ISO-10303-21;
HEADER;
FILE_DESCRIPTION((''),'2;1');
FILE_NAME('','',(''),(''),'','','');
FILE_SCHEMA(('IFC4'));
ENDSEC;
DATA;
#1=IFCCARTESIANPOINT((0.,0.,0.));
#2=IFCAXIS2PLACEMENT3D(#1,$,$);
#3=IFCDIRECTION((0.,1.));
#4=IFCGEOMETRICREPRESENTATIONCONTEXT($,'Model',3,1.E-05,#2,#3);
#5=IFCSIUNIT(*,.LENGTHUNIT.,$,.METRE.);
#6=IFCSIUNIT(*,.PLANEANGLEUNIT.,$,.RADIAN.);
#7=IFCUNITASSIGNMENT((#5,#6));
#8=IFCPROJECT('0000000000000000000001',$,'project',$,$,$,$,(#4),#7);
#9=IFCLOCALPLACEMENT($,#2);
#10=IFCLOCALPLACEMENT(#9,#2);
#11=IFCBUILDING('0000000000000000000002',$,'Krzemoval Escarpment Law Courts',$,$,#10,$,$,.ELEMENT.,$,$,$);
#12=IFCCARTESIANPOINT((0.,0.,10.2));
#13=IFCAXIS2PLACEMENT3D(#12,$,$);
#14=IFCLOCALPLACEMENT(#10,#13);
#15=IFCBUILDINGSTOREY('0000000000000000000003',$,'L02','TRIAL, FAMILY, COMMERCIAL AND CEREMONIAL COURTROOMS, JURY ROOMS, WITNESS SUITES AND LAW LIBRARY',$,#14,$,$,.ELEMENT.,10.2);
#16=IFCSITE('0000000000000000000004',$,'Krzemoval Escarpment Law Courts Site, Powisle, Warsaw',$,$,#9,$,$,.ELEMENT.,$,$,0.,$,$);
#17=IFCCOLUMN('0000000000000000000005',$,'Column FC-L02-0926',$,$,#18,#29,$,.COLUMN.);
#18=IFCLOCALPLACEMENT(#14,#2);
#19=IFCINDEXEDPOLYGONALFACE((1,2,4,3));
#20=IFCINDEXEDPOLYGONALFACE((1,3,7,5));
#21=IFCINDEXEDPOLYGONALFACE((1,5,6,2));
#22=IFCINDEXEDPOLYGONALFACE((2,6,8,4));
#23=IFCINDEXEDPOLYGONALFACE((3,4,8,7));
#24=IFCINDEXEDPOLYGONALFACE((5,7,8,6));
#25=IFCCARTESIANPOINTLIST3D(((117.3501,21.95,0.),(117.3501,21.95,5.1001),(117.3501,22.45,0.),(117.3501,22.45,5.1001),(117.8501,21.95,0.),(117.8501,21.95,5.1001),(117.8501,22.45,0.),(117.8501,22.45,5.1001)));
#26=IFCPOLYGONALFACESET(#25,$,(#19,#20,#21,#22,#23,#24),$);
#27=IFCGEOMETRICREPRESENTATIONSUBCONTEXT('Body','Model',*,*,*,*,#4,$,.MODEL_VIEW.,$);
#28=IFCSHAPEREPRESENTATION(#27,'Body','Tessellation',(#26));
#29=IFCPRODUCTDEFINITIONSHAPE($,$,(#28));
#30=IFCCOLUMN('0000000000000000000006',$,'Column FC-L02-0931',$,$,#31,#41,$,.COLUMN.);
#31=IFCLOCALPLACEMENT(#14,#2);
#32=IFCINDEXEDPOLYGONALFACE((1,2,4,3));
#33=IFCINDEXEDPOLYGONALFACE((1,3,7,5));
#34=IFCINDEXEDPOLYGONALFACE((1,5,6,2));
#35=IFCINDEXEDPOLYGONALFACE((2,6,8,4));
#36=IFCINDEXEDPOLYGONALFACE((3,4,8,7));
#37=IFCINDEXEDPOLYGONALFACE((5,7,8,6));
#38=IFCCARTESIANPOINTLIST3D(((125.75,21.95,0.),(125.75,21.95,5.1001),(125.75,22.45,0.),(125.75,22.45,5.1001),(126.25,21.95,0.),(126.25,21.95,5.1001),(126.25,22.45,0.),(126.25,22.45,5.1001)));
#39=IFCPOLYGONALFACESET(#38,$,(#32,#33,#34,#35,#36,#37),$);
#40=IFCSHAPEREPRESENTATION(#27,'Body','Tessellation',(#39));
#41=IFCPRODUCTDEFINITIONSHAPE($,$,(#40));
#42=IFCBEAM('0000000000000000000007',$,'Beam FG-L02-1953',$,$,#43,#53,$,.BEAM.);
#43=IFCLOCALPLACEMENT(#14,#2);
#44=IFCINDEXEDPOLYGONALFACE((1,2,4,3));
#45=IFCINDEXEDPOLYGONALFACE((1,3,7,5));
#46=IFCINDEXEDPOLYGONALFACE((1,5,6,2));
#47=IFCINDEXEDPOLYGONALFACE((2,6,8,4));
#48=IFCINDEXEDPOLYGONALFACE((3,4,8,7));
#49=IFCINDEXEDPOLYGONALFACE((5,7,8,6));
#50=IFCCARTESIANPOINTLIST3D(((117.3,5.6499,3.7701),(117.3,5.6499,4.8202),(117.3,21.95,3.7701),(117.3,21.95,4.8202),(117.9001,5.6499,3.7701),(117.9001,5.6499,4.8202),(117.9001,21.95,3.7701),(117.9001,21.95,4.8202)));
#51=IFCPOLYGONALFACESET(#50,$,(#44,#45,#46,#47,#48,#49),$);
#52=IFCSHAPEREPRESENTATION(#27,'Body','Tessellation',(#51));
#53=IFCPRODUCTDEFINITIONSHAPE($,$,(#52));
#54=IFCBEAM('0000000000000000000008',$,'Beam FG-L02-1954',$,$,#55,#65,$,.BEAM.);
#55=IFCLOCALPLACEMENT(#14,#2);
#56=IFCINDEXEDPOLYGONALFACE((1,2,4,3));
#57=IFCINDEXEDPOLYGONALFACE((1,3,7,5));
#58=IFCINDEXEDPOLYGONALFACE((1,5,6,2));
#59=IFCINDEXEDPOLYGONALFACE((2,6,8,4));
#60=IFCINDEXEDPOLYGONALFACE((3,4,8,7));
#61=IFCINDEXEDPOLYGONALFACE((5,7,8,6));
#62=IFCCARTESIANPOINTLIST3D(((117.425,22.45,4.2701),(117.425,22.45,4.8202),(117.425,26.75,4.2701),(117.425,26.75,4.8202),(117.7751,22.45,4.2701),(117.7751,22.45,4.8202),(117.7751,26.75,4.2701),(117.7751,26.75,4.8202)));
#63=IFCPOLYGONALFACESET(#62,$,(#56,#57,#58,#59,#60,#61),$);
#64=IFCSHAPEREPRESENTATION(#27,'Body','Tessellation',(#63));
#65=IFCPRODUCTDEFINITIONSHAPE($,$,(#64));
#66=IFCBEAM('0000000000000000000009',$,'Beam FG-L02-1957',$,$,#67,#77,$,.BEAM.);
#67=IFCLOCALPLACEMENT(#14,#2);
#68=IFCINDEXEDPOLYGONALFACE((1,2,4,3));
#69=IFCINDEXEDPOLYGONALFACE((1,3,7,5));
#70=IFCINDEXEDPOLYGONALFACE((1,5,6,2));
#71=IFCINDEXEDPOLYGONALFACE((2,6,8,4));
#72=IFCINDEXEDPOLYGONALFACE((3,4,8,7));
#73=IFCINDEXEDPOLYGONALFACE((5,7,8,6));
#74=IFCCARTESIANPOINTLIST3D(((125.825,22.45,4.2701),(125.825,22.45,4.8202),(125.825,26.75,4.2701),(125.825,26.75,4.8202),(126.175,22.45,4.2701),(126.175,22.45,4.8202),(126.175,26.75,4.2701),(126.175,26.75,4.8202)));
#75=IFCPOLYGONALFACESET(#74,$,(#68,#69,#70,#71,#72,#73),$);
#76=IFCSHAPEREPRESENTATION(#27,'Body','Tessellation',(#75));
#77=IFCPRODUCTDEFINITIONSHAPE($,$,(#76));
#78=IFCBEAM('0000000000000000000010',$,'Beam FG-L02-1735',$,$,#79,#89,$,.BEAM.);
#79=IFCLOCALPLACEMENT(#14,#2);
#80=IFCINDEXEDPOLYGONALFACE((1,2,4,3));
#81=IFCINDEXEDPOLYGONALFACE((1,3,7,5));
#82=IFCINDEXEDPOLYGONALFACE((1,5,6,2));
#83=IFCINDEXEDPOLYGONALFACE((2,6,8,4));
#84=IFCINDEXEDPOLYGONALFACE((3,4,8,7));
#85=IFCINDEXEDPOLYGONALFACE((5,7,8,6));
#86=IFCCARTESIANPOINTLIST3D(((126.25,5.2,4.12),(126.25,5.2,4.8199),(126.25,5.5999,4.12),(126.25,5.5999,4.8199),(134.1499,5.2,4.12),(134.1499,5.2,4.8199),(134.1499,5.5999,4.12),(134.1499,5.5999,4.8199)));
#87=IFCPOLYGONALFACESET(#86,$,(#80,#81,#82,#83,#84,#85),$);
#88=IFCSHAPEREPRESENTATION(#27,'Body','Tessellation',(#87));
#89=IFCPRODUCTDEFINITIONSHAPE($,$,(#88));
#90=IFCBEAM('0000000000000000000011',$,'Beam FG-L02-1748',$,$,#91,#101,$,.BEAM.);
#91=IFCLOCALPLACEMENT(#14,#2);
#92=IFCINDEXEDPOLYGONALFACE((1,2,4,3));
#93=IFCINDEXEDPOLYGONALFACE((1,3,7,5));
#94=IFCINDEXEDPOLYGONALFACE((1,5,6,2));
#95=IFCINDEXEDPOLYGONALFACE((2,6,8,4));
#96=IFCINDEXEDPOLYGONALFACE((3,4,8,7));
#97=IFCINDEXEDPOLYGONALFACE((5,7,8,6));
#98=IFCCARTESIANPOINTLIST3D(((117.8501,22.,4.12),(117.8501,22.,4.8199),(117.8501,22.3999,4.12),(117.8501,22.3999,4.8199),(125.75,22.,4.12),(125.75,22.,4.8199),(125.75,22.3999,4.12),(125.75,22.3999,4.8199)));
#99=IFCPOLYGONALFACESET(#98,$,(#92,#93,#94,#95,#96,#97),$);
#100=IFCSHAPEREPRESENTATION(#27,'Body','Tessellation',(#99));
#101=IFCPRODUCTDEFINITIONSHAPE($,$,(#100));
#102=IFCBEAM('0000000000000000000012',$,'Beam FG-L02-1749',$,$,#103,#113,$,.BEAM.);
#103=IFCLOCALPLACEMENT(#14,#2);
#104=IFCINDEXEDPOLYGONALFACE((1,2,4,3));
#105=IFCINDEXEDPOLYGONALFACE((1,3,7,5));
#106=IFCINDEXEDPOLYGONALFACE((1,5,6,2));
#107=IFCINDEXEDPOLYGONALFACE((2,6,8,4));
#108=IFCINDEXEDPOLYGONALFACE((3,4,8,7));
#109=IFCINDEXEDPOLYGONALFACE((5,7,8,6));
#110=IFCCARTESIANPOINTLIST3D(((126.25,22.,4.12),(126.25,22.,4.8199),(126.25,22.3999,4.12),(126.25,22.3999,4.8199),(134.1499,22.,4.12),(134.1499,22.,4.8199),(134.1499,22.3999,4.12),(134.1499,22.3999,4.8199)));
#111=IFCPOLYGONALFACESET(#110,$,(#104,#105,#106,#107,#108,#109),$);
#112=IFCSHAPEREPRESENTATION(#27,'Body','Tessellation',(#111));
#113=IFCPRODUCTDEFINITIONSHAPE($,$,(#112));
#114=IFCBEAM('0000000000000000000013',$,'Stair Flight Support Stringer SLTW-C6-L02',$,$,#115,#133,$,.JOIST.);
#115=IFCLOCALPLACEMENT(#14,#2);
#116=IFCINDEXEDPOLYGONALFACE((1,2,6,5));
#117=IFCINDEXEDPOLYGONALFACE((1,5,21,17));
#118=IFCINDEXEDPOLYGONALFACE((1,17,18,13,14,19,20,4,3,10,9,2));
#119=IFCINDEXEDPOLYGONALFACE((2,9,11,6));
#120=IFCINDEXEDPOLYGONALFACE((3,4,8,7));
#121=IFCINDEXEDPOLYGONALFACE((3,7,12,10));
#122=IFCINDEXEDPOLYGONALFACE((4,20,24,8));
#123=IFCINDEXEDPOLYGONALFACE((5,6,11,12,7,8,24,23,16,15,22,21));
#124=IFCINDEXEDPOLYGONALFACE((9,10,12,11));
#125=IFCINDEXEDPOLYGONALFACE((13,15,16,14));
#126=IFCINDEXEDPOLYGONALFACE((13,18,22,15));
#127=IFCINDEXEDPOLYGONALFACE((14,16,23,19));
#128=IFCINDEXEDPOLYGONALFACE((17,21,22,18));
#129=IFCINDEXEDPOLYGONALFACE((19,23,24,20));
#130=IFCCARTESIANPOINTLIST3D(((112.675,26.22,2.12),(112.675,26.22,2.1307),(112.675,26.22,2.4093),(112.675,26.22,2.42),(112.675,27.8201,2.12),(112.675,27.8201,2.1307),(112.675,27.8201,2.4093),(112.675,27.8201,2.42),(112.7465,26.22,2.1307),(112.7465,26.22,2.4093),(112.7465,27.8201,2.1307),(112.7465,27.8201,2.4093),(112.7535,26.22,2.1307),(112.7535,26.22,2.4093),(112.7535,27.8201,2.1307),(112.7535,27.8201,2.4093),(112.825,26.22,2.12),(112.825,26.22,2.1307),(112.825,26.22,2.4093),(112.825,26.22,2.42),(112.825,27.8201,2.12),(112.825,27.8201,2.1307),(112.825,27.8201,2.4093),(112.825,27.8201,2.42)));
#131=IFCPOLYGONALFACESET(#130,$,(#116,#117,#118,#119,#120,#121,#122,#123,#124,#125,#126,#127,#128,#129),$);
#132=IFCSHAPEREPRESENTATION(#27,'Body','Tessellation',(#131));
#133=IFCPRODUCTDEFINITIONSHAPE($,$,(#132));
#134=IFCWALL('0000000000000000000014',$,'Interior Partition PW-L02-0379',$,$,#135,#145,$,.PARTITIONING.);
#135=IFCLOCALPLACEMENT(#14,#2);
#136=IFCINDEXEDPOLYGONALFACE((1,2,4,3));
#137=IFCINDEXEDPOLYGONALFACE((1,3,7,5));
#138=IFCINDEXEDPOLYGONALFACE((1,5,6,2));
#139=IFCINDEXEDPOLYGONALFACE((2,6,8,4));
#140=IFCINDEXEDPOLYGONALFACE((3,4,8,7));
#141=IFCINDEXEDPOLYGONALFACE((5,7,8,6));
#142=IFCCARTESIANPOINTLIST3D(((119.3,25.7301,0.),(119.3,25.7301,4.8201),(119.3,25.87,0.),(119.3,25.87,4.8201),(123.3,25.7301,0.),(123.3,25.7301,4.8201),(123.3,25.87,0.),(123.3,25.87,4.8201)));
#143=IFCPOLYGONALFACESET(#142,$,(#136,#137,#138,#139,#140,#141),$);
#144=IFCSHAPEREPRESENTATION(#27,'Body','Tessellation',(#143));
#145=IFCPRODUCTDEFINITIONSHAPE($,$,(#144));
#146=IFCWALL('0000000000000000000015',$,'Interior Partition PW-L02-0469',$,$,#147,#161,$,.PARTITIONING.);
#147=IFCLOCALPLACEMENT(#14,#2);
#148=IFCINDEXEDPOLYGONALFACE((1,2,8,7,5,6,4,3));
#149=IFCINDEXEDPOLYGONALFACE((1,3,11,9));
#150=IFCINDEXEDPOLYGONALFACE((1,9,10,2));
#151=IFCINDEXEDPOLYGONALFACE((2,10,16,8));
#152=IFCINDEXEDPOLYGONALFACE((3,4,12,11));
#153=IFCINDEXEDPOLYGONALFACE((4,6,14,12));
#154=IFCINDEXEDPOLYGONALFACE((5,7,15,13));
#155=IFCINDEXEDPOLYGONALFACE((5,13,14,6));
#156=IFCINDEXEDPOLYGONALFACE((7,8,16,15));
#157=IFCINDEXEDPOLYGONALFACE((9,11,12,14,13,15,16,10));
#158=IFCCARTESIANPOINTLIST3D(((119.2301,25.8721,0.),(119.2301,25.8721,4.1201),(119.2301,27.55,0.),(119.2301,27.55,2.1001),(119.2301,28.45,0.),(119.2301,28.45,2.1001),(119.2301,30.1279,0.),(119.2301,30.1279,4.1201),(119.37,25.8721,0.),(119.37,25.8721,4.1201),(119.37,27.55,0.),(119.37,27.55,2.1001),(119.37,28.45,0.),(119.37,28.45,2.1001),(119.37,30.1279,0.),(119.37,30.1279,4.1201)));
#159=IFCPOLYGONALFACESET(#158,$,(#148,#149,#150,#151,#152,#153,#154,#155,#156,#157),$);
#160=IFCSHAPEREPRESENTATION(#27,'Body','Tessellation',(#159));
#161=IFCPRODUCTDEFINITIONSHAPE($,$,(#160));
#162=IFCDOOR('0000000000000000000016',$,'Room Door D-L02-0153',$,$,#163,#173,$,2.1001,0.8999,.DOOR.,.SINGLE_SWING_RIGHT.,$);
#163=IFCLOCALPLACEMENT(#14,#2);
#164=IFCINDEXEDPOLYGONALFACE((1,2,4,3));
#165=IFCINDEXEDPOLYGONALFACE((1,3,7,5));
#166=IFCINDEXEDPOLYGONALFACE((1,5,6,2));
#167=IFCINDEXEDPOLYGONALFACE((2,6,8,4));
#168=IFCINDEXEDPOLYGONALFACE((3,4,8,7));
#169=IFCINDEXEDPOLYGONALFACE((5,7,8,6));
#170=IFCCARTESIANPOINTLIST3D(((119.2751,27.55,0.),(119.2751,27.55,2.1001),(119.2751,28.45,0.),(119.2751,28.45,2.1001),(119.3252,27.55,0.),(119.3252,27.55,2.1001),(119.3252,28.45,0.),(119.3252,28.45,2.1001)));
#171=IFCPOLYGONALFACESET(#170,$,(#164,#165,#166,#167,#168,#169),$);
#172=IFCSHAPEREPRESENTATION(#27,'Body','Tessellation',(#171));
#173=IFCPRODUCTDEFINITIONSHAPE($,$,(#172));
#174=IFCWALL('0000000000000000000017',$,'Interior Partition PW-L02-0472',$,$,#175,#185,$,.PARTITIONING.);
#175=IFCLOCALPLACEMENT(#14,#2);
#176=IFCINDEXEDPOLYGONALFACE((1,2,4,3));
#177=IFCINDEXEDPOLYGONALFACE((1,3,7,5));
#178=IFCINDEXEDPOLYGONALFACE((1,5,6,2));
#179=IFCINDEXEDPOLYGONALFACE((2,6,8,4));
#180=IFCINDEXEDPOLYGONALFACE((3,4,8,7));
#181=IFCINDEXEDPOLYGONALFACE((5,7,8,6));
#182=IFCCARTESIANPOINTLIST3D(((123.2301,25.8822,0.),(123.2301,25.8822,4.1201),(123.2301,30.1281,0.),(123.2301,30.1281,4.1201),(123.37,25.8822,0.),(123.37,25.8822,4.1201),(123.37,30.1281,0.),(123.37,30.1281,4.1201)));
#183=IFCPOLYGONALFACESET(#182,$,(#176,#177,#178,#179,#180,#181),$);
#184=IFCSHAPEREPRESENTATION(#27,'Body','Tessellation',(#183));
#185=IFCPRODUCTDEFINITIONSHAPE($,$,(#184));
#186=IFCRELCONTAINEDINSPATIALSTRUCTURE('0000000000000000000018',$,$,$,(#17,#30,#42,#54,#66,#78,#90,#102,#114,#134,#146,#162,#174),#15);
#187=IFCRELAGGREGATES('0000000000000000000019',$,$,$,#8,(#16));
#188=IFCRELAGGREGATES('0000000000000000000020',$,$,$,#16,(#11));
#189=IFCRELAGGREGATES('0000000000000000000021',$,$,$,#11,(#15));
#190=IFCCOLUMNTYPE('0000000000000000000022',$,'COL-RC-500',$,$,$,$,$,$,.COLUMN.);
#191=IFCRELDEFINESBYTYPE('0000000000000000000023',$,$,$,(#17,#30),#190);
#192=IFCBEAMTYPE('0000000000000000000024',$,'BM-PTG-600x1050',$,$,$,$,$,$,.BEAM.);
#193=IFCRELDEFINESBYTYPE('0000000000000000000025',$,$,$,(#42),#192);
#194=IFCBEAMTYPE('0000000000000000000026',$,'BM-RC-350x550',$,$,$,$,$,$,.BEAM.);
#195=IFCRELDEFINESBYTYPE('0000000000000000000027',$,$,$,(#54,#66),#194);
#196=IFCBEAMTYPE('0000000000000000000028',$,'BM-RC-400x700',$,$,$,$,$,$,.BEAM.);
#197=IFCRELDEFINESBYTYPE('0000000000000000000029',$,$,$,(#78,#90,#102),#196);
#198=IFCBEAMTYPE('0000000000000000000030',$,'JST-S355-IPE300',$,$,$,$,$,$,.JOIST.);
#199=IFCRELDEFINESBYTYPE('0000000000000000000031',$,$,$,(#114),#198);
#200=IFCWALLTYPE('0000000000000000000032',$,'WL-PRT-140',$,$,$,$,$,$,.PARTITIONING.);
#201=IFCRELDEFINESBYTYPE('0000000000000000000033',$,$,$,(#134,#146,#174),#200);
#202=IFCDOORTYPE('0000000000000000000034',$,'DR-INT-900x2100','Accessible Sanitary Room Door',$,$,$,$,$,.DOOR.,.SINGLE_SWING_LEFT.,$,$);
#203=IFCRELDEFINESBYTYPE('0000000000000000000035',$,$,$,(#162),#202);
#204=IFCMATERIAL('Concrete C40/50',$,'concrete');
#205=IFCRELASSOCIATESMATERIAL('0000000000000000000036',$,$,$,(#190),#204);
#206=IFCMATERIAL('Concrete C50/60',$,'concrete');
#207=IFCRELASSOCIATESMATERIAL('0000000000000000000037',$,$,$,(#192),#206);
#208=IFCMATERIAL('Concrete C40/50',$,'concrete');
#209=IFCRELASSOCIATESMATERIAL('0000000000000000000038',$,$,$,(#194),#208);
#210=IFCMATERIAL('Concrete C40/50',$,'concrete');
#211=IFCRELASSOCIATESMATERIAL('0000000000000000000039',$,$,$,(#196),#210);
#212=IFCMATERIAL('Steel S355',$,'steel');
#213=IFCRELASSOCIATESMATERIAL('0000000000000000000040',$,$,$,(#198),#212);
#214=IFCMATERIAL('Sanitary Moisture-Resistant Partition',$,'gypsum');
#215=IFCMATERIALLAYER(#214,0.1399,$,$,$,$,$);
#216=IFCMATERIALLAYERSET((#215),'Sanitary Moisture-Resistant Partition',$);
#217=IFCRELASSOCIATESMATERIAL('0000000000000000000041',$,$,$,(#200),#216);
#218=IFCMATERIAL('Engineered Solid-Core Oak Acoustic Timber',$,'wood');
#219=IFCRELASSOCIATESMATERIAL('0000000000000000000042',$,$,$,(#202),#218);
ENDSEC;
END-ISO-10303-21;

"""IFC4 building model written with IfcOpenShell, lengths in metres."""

from ifc_helpers import new_model, si_unit, direction, frame, frame_2d, origin, origin_2d, place, context, subcontext, project, spatial, rectangle, i_section, extrude, material, layer, layer_set, material_profile, profile_set, type_object, element, fill, save


model = new_model("IFC4")

# Units and contexts
model_context = context("Model", 3, precision=1e-05, world=origin(), true_north=direction((0.0, 1.0)))
body_context = subcontext(model_context, "Body", "Model", "MODEL_VIEW")
ifc_project = project(units=[si_unit("LENGTHUNIT", "METRE"), si_unit("PLANEANGLEUNIT", "RADIAN")], contexts=[model_context])

# Site, building, storey
site_placement = place(None, origin())
site = spatial("IfcSite", under=ifc_project, at=site_placement, Name="Krzemoval Escarpment Law Courts Site, Powisle, Warsaw", CompositionType="ELEMENT", RefElevation=0.0)
building_placement = place(site_placement, origin())
building = spatial("IfcBuilding", under=site, at=building_placement, Name="Krzemoval Escarpment Law Courts", CompositionType="ELEMENT")
storey_placement = place(building_placement, frame((0.0, 0.0, 10.2)))
storey = spatial("IfcBuildingStorey", under=building, at=storey_placement, Name="L02", Description="TRIAL, FAMILY, COMMERCIAL AND CEREMONIAL COURTROOMS, JURY ROOMS, WITNESS SUITES AND LAW LIBRARY", CompositionType="ELEMENT", Elevation=10.2)

# Columns
ifc_material_1 = material(Name="Concrete C40/50", Category="concrete")
ifc_material_profile_1 = material_profile(ifc_material_1, rectangle(XDim=0.5, YDim=0.5, at=origin_2d()), Name="RC 500x500")
ifc_profile_set_1 = profile_set([ifc_material_profile_1], Name="Concrete C40/50")
column_type = type_object("IfcColumnType", Name="COL-RC-500", PredefinedType="COLUMN", material=ifc_profile_set_1)
for number, where, z_axis, x_axis, name in (
    (1, (117.6001, 22.2, 0.0), (0.0, 0.0, 1.0), (1.0, 0.0, 0.0), "Column FC-L02-0926"),
    (2, (126.0, 22.2, 0.0), (0.0, 0.0, 1.0), (1.0, 0.0, 0.0), "Column FC-L02-0931"),
):
    element("IfcColumn", number, at=place(storey_placement, frame(where, z_axis=z_axis, x_axis=x_axis)), inside=storey, type_object=column_type, Name=name, PredefinedType="COLUMN", context=body_context, shape_type="SweptSolid", body=[
        extrude(rectangle(XDim=0.5, YDim=0.5, at=origin_2d()), origin(), (0.0, 0.0, 1.0), 5.1001),
    ])

# Beams
ifc_material_2 = material(Name="Concrete C50/60", Category="concrete")
ifc_material_profile_2 = material_profile(ifc_material_2, rectangle(XDim=0.6001, YDim=1.05, at=origin_2d()), Name="PTG 600x1050")
ifc_profile_set_2 = profile_set([ifc_material_profile_2], Name="Concrete C50/60")
beam_type_1 = type_object("IfcBeamType", Name="BM-PTG-600x1050", PredefinedType="BEAM", material=ifc_profile_set_2)
beam_1_placement = place(storey_placement, frame((117.6001, 5.6499, 4.2952), z_axis=(0.0, 1.0, 0.0), x_axis=(-1.0, 0.0, 0.0)))
element("IfcBeam", 3, at=beam_1_placement, inside=storey, type_object=beam_type_1, Name="Beam FG-L02-1953", PredefinedType="BEAM", context=body_context, shape_type="SweptSolid", body=[
    extrude(rectangle(XDim=0.6001, YDim=1.05, at=origin_2d()), origin(), (0.0, 0.0, 1.0), 16.3),
])
ifc_material_3 = material(Name="Concrete C40/50", Category="concrete")
ifc_material_profile_3 = material_profile(ifc_material_3, rectangle(XDim=0.3501, YDim=0.55, at=origin_2d()), Name="RCB 350x550")
ifc_profile_set_3 = profile_set([ifc_material_profile_3], Name="Concrete C40/50")
beam_type_2 = type_object("IfcBeamType", Name="BM-RC-350x550", PredefinedType="BEAM", material=ifc_profile_set_3)
for number, where, z_axis, x_axis, name in (
    (4, (117.6001, 22.45, 4.5452), (0.0, 1.0, 0.0), (-1.0, 0.0, 0.0), "Beam FG-L02-1954"),
    (5, (126.0, 22.45, 4.5452), (0.0, 1.0, 0.0), (-1.0, 0.0, 0.0), "Beam FG-L02-1957"),
):
    element("IfcBeam", number, at=place(storey_placement, frame(where, z_axis=z_axis, x_axis=x_axis)), inside=storey, type_object=beam_type_2, Name=name, PredefinedType="BEAM", context=body_context, shape_type="SweptSolid", body=[
        extrude(rectangle(XDim=0.3501, YDim=0.55, at=origin_2d()), origin(), (0.0, 0.0, 1.0), 4.3),
    ])
ifc_material_4 = material(Name="Concrete C40/50", Category="concrete")
ifc_material_profile_4 = material_profile(ifc_material_4, rectangle(XDim=0.3999, YDim=0.7, at=origin_2d()), Name="RCB 400x700")
ifc_profile_set_4 = profile_set([ifc_material_profile_4], Name="Concrete C40/50")
beam_type_3 = type_object("IfcBeamType", Name="BM-RC-400x700", PredefinedType="BEAM", material=ifc_profile_set_4)
for number, where, z_axis, x_axis, name in (
    (6, (126.25, 5.3999, 4.47), (1.0, 0.0, 0.0), (0.0, 1.0, 0.0), "Beam FG-L02-1735"),
    (7, (117.8501, 22.2, 4.47), (1.0, 0.0, 0.0), (0.0, 1.0, 0.0), "Beam FG-L02-1748"),
    (8, (126.25, 22.2, 4.47), (1.0, 0.0, 0.0), (0.0, 1.0, 0.0), "Beam FG-L02-1749"),
):
    element("IfcBeam", number, at=place(storey_placement, frame(where, z_axis=z_axis, x_axis=x_axis)), inside=storey, type_object=beam_type_3, Name=name, PredefinedType="BEAM", context=body_context, shape_type="SweptSolid", body=[
        extrude(rectangle(XDim=0.3999, YDim=0.7, at=origin_2d()), origin(), (0.0, 0.0, 1.0), 7.8999),
    ])
ifc_material_5 = material(Name="Steel S355", Category="steel")
ifc_material_profile_5 = material_profile(ifc_material_5, i_section(OverallWidth=0.1499, OverallDepth=0.3, WebThickness=0.0071, FlangeThickness=0.0107, at=origin_2d()), Name="IPE 300")
ifc_profile_set_5 = profile_set([ifc_material_profile_5], Name="Steel S355")
beam_type_4 = type_object("IfcBeamType", Name="JST-S355-IPE300", PredefinedType="JOIST", material=ifc_profile_set_5)
beam_2_placement = place(storey_placement, frame((112.75, 26.22, 2.27), z_axis=(0.0, 1.0, 0.0), x_axis=(-1.0, 0.0, 0.0)))
element("IfcBeam", 9, at=beam_2_placement, inside=storey, type_object=beam_type_4, Name="Stair Flight Support Stringer SLTW-C6-L02", PredefinedType="JOIST", context=body_context, shape_type="SweptSolid", body=[
    extrude(i_section(OverallWidth=0.1499, OverallDepth=0.3, WebThickness=0.0071, FlangeThickness=0.0107, at=origin_2d()), origin(), (0.0, 0.0, 1.0), 1.6001),
])

# Wall
ifc_material_6 = material(Name="Sanitary Moisture-Resistant Partition", Category="gypsum")
ifc_layer_1 = layer(ifc_material_6, 0.1399)
ifc_layer_set_1 = layer_set([ifc_layer_1], Name="Sanitary Moisture-Resistant Partition")
wall_type_1 = type_object("IfcWallType", Name="WL-PRT-140", PredefinedType="PARTITIONING", material=ifc_layer_set_1)
wall_1_placement = place(storey_placement, frame((119.3, 25.8, 0.0), z_axis=(0.0, 0.0, 1.0), x_axis=(1.0, 0.0, 0.0)))
element("IfcWall", 10, at=wall_1_placement, inside=storey, type_object=wall_type_1, Name="Interior Partition PW-L02-0379", PredefinedType="PARTITIONING", context=body_context, shape_type="SweptSolid", body=[
    extrude(rectangle(XDim=4.0, YDim=0.1399, at=frame_2d((2.0, 0.0))), origin(), (0.0, 0.0, 1.0), 4.8201),
])

# Wall, opening, door
wall_2_placement = place(storey_placement, frame((119.3, 25.8721, 0.0), z_axis=(0.0, 0.0, 1.0), x_axis=(0.0, 1.0, 0.0)))
wall_2 = element("IfcWall", 11, at=wall_2_placement, inside=storey, type_object=wall_type_1, Name="Interior Partition PW-L02-0469", PredefinedType="PARTITIONING", context=body_context, shape_type="SweptSolid", body=[
    extrude(rectangle(XDim=4.2559, YDim=0.1399, at=frame_2d((2.1279, 0.0))), origin(), (0.0, 0.0, 1.0), 4.1201),
])
opening_1_placement = place(wall_2_placement, frame((1.678, 0.0, 0.0)))
opening_1 = element("IfcOpeningElement", 12, at=opening_1_placement, cuts=wall_2, PredefinedType="OPENING", context=body_context, shape_type="SweptSolid", body=[
    extrude(rectangle(XDim=0.8999, YDim=2.1001, at=frame_2d((0.45, 1.05))), frame((0.0, 0.0849, 0.0), z_axis=(0.0, -1.0, 0.0), x_axis=(1.0, 0.0, 0.0)), (0.0, 0.0, 1.0), 0.1699),
])
ifc_material_7 = material(Name="Engineered Solid-Core Oak Acoustic Timber", Category="wood")
door_type_1 = type_object("IfcDoorType", Name="DR-INT-900x2100", Description="Accessible Sanitary Room Door", OperationType="SINGLE_SWING_LEFT", PredefinedType="DOOR", material=ifc_material_7)
door_1_placement = place(opening_1_placement, origin())
door_1 = element("IfcDoor", 13, at=door_1_placement, inside=storey, type_object=door_type_1, Name="Room Door D-L02-0153", OperationType="SINGLE_SWING_RIGHT", OverallHeight=2.1001, OverallWidth=0.8999, PredefinedType="DOOR", context=body_context, shape_type="SweptSolid", body=[
    extrude(rectangle(XDim=0.8999, YDim=2.1001, at=frame_2d((0.45, 1.05))), frame((0.0, 0.0249, 0.0), z_axis=(0.0, -1.0, 0.0), x_axis=(1.0, 0.0, 0.0)), (0.0, 0.0, 1.0), 0.05),
])
fill(opening_1, door_1)

# Wall
wall_3_placement = place(storey_placement, frame((123.3, 25.8821, 0.0), z_axis=(0.0, 0.0, 1.0), x_axis=(0.0, 1.0, 0.0)))
element("IfcWall", 14, at=wall_3_placement, inside=storey, type_object=wall_type_1, Name="Interior Partition PW-L02-0472", PredefinedType="PARTITIONING", context=body_context, shape_type="SweptSolid", body=[
    extrude(rectangle(XDim=4.2458, YDim=0.1399, at=frame_2d((2.123, 0.0))), origin(), (0.0, 0.0, 1.0), 4.1201),
])

save(model, "model.ifc")
